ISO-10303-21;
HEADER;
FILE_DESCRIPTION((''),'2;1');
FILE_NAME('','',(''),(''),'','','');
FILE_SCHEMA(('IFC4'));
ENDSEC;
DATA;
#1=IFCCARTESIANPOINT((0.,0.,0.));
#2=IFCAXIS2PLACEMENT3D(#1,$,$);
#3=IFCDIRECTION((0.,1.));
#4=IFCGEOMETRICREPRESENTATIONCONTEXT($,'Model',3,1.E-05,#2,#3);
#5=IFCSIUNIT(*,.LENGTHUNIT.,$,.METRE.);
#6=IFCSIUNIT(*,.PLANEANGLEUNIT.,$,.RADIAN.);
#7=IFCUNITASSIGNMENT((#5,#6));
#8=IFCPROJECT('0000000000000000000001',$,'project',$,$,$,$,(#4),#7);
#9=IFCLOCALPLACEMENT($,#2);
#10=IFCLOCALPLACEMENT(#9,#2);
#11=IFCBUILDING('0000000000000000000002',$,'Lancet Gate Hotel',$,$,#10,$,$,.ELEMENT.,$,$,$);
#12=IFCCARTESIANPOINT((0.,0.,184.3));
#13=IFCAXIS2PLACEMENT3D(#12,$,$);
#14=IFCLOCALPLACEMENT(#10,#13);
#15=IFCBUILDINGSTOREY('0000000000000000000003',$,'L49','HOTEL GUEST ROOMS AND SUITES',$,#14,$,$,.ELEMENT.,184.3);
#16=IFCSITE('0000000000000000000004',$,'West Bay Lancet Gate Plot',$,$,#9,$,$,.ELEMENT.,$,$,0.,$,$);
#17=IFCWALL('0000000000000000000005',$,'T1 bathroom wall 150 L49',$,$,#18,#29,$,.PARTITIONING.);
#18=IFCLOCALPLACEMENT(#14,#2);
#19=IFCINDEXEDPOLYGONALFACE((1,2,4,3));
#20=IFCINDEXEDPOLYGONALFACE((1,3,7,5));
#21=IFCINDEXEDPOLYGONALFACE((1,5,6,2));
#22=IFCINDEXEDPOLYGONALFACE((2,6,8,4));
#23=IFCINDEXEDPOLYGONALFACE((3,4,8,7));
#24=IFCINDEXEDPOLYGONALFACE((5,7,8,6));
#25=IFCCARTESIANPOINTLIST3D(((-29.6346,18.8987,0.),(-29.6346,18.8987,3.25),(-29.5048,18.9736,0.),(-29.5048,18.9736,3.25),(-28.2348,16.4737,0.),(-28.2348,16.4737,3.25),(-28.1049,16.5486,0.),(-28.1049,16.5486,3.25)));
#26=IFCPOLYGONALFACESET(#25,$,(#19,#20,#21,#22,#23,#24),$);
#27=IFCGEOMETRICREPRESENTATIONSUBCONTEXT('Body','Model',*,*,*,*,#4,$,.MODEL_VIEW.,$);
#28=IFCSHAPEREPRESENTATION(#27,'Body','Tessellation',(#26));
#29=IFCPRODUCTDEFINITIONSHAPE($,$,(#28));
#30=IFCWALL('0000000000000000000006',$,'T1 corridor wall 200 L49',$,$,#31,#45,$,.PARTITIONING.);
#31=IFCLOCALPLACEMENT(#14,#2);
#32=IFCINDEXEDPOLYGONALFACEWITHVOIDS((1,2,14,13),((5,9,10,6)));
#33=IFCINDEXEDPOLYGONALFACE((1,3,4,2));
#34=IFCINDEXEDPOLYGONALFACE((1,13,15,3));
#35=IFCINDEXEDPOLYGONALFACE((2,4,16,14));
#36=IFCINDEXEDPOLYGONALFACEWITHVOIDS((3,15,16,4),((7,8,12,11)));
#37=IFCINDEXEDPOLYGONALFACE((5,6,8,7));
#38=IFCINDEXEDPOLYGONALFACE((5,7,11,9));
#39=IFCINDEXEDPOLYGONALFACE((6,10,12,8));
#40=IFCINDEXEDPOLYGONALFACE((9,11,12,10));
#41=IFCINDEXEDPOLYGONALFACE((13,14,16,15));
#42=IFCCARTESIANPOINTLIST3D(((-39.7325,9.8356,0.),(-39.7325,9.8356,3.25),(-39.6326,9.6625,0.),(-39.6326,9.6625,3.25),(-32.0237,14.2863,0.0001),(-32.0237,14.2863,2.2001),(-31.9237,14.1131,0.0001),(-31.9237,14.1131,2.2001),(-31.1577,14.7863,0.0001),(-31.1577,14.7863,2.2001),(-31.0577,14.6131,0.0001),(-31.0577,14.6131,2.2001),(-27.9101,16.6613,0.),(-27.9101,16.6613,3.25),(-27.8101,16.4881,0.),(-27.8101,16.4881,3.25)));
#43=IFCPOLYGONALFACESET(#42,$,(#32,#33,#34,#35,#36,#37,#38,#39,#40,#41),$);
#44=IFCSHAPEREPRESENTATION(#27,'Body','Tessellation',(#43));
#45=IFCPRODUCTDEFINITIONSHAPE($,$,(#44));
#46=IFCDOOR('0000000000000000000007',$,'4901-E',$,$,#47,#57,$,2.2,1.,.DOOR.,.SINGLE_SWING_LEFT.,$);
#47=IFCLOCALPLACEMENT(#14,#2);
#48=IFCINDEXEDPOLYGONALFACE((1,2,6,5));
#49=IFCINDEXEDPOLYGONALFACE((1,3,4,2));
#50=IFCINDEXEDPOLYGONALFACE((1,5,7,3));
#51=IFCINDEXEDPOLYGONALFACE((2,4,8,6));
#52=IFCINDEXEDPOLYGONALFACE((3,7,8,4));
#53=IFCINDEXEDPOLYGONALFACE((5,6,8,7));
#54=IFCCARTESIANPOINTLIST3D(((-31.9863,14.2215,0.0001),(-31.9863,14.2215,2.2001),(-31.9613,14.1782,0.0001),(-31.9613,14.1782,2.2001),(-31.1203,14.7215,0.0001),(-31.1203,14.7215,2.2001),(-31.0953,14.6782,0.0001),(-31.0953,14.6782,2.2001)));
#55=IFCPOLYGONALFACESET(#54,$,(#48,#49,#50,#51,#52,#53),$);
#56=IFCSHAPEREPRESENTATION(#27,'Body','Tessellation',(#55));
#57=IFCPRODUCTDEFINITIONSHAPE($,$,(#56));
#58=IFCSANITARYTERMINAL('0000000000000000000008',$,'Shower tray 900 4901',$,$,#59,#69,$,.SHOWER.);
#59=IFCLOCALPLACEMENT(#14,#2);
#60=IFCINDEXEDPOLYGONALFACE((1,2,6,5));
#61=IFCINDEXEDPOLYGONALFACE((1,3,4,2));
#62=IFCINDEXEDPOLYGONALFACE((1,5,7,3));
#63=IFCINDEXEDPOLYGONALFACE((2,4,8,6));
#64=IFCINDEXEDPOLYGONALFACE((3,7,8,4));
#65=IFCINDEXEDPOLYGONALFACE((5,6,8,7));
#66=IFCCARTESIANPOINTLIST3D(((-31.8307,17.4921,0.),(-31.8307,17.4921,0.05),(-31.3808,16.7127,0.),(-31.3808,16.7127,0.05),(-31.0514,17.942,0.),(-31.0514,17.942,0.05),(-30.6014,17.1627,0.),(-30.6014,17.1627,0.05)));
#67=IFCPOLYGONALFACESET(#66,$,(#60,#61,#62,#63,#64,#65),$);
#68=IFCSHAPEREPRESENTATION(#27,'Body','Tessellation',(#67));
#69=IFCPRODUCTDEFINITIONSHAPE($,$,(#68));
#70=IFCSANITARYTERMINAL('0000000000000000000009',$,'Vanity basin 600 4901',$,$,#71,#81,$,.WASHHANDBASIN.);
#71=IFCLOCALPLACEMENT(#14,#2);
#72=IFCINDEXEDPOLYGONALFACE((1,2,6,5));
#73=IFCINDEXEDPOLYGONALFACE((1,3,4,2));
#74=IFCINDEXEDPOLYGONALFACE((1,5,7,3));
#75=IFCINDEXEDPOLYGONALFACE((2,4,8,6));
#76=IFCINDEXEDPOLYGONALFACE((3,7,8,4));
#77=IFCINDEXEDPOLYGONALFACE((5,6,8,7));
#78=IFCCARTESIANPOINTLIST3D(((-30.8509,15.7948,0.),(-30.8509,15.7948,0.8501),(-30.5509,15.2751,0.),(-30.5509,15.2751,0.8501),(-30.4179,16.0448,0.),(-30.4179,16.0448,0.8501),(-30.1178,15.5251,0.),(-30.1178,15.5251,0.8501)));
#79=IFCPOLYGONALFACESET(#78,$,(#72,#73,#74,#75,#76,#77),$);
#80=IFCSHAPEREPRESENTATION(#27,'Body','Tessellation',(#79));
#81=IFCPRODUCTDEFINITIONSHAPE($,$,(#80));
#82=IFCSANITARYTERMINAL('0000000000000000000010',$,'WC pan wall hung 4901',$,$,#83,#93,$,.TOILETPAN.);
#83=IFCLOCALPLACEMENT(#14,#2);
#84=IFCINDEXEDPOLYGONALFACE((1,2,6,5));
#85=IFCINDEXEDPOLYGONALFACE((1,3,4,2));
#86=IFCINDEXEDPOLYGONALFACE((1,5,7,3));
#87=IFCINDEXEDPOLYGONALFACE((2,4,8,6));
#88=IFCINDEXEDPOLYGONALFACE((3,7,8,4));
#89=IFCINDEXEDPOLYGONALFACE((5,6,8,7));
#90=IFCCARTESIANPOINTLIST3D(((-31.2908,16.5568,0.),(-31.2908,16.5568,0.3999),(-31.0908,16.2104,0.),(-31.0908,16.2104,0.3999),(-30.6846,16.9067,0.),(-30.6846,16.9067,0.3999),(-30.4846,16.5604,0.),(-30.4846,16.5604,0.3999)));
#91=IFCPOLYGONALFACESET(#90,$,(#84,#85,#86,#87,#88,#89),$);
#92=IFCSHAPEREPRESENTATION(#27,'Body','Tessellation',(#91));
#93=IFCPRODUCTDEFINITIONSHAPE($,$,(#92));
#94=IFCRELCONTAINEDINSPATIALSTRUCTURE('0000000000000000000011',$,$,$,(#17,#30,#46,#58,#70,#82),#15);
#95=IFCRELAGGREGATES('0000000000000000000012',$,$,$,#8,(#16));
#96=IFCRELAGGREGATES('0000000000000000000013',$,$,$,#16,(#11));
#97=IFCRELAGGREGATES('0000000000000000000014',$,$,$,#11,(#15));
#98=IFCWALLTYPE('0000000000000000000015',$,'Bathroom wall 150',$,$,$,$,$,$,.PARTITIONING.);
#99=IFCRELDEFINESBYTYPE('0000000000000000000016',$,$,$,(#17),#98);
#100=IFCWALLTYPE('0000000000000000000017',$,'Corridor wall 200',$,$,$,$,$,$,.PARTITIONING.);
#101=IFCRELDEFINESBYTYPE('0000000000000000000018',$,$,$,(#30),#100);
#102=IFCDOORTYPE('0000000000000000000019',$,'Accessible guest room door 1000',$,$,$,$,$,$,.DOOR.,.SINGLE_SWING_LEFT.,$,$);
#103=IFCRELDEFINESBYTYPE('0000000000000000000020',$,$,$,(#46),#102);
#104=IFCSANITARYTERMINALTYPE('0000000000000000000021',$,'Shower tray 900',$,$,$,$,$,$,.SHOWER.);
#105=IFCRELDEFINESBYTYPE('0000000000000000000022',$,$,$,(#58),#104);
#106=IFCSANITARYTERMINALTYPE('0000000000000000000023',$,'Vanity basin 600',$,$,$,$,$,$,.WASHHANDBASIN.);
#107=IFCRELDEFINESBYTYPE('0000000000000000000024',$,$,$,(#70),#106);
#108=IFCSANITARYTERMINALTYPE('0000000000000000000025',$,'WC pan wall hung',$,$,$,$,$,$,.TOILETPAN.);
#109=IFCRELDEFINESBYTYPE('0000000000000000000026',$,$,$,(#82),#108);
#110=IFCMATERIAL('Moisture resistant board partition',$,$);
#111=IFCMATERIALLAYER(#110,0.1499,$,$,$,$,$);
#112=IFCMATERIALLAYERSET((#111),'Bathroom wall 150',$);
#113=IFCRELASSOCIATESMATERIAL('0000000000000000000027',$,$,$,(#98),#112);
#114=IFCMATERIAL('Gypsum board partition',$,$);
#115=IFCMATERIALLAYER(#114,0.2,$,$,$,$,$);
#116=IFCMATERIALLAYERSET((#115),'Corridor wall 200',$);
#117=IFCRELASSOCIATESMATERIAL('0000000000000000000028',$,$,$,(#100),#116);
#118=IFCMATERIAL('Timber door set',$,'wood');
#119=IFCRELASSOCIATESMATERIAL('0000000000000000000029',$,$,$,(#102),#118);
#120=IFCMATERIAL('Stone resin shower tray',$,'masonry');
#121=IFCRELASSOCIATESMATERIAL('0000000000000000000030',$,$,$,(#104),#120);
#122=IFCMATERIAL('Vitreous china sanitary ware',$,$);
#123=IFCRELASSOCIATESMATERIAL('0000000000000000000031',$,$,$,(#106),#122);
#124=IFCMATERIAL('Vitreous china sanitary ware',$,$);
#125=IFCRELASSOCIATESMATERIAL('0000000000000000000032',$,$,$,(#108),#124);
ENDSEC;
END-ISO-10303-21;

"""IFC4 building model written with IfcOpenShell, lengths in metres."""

from ifc_helpers import new_model, si_unit, direction, frame, frame_2d, origin, origin_2d, place, context, subcontext, project, spatial, rectangle, extrude, material, layer, layer_set, type_object, element, fill, save


model = new_model("IFC4")

# Units and contexts
model_context = context("Model", 3, precision=1e-05, world=origin(), true_north=direction((0.0, 1.0)))
body_context = subcontext(model_context, "Body", "Model", "MODEL_VIEW")
ifc_project = project(units=[si_unit("LENGTHUNIT", "METRE"), si_unit("PLANEANGLEUNIT", "RADIAN")], contexts=[model_context])

# Site, building, storey
site_placement = place(None, origin())
site = spatial("IfcSite", under=ifc_project, at=site_placement, Name="West Bay Lancet Gate Plot", CompositionType="ELEMENT", RefElevation=0.0)
building_placement = place(site_placement, origin())
building = spatial("IfcBuilding", under=site, at=building_placement, Name="Lancet Gate Hotel", CompositionType="ELEMENT")
storey_placement = place(building_placement, frame((0.0, 0.0, 184.3)))
storey = spatial("IfcBuildingStorey", under=building, at=storey_placement, Name="L49", Description="HOTEL GUEST ROOMS AND SUITES", CompositionType="ELEMENT", Elevation=184.3)

# Wall
ifc_material_1 = material(Name="Moisture resistant board partition")
ifc_layer_1 = layer(ifc_material_1, 0.1499)
ifc_layer_set_1 = layer_set([ifc_layer_1], Name="Bathroom wall 150")
wall_type_1 = type_object("IfcWallType", Name="Bathroom wall 150", PredefinedType="PARTITIONING", material=ifc_layer_set_1)
wall_1_placement = place(storey_placement, frame((-28.1699, 16.5112, 0.0), z_axis=(0.0, 0.0, 1.0), x_axis=(-0.499946, 0.866056, 0.0)))
element("IfcWall", 1, at=wall_1_placement, inside=storey, type_object=wall_type_1, Name="T1 bathroom wall 150 L49", PredefinedType="PARTITIONING", context=body_context, shape_type="SweptSolid", body=[
    extrude(rectangle(XDim=2.8, YDim=0.1499, at=frame_2d((1.3999, 0.0))), origin(), (0.0, 0.0, 1.0), 3.25),
])

# Wall, opening, door
ifc_material_2 = material(Name="Gypsum board partition")
ifc_layer_2 = layer(ifc_material_2, 0.2)
ifc_layer_set_2 = layer_set([ifc_layer_2], Name="Corridor wall 200")
wall_type_2 = type_object("IfcWallType", Name="Corridor wall 200", PredefinedType="PARTITIONING", material=ifc_layer_set_2)
wall_2_placement = place(storey_placement, frame((-27.8601, 16.5747, 0.0), z_axis=(0.0, 0.0, 1.0), x_axis=(-0.866027, -0.499997, 0.0)))
wall_2 = element("IfcWall", 2, at=wall_2_placement, inside=storey, type_object=wall_type_2, Name="T1 corridor wall 200 L49", PredefinedType="PARTITIONING", context=body_context, shape_type="SweptSolid", body=[
    extrude(rectangle(XDim=13.6514, YDim=0.2, at=frame_2d((6.8257, 0.0))), origin(), (0.0, 0.0, 1.0), 3.25),
])
opening_placement = place(wall_2_placement, frame((3.75, 0.0, 0.0)))
opening = element("IfcOpeningElement", 3, at=opening_placement, cuts=wall_2, PredefinedType="OPENING", context=body_context, shape_type="SweptSolid", body=[
    extrude(rectangle(XDim=1.0, YDim=2.2, at=frame_2d((0.5, 1.1001))), frame((0.0, 0.1099, 0.0), z_axis=(0.0, -1.0, 0.0), x_axis=(1.0, 0.0, 0.0)), (0.0, 0.0, 1.0), 0.22),
])
ifc_material_3 = material(Name="Timber door set", Category="wood")
door_type = type_object("IfcDoorType", Name="Accessible guest room door 1000", OperationType="SINGLE_SWING_LEFT", PredefinedType="DOOR", material=ifc_material_3)
door_placement = place(opening_placement, origin())
door = element("IfcDoor", 4, at=door_placement, inside=storey, type_object=door_type, Name="4901-E", OperationType="SINGLE_SWING_LEFT", OverallHeight=2.2, OverallWidth=1.0, PredefinedType="DOOR", context=body_context, shape_type="SweptSolid", body=[
    extrude(rectangle(XDim=1.0, YDim=2.2, at=frame_2d((0.5, 1.1001))), frame((0.0, 0.0249, 0.0), z_axis=(0.0, -1.0, 0.0), x_axis=(1.0, 0.0, 0.0)), (0.0, 0.0, 1.0), 0.05),
])
fill(opening, door)

# Sanitary terminals
ifc_material_4 = material(Name="Stone resin shower tray", Category="masonry")
sanitary_terminal_type_1 = type_object("IfcSanitaryTerminalType", Name="Shower tray 900", PredefinedType="SHOWER", material=ifc_material_4)
sanitary_terminal_1_placement = place(storey_placement, frame((-31.2161, 17.3274, 0.0), z_axis=(0.0, 0.0, 1.0), x_axis=(-0.5, 0.866025, 0.0)))
element("IfcSanitaryTerminal", 5, at=sanitary_terminal_1_placement, inside=storey, type_object=sanitary_terminal_type_1, Name="Shower tray 900 4901", PredefinedType="SHOWER", context=body_context, shape_type="SweptSolid", body=[
    extrude(rectangle(XDim=0.8999, YDim=0.8999, at=origin_2d()), origin(), (0.0, 0.0, 1.0), 0.05),
])
ifc_material_5 = material(Name="Vitreous china sanitary ware")
sanitary_terminal_type_2 = type_object("IfcSanitaryTerminalType", Name="Vanity basin 600", PredefinedType="WASHHANDBASIN", material=ifc_material_5)
sanitary_terminal_2_placement = place(storey_placement, frame((-30.4844, 15.6599, 0.0), z_axis=(0.0, 0.0, 1.0), x_axis=(-0.5, 0.866025, 0.0)))
element("IfcSanitaryTerminal", 6, at=sanitary_terminal_2_placement, inside=storey, type_object=sanitary_terminal_type_2, Name="Vanity basin 600 4901", PredefinedType="WASHHANDBASIN", context=body_context, shape_type="SweptSolid", body=[
    extrude(rectangle(XDim=0.6001, YDim=0.5, at=origin_2d()), origin(), (0.0, 0.0, 1.0), 0.8501),
])
ifc_material_6 = material(Name="Vitreous china sanitary ware")
sanitary_terminal_type_3 = type_object("IfcSanitaryTerminalType", Name="WC pan wall hung", PredefinedType="TOILETPAN", material=ifc_material_6)
sanitary_terminal_3_placement = place(storey_placement, frame((-30.8877, 16.5586, 0.0), z_axis=(0.0, 0.0, 1.0), x_axis=(-0.5, 0.866025, 0.0)))
element("IfcSanitaryTerminal", 7, at=sanitary_terminal_3_placement, inside=storey, type_object=sanitary_terminal_type_3, Name="WC pan wall hung 4901", PredefinedType="TOILETPAN", context=body_context, shape_type="SweptSolid", body=[
    extrude(rectangle(XDim=0.3999, YDim=0.7, at=origin_2d()), origin(), (0.0, 0.0, 1.0), 0.3999),
])

save(model, "model.ifc")
